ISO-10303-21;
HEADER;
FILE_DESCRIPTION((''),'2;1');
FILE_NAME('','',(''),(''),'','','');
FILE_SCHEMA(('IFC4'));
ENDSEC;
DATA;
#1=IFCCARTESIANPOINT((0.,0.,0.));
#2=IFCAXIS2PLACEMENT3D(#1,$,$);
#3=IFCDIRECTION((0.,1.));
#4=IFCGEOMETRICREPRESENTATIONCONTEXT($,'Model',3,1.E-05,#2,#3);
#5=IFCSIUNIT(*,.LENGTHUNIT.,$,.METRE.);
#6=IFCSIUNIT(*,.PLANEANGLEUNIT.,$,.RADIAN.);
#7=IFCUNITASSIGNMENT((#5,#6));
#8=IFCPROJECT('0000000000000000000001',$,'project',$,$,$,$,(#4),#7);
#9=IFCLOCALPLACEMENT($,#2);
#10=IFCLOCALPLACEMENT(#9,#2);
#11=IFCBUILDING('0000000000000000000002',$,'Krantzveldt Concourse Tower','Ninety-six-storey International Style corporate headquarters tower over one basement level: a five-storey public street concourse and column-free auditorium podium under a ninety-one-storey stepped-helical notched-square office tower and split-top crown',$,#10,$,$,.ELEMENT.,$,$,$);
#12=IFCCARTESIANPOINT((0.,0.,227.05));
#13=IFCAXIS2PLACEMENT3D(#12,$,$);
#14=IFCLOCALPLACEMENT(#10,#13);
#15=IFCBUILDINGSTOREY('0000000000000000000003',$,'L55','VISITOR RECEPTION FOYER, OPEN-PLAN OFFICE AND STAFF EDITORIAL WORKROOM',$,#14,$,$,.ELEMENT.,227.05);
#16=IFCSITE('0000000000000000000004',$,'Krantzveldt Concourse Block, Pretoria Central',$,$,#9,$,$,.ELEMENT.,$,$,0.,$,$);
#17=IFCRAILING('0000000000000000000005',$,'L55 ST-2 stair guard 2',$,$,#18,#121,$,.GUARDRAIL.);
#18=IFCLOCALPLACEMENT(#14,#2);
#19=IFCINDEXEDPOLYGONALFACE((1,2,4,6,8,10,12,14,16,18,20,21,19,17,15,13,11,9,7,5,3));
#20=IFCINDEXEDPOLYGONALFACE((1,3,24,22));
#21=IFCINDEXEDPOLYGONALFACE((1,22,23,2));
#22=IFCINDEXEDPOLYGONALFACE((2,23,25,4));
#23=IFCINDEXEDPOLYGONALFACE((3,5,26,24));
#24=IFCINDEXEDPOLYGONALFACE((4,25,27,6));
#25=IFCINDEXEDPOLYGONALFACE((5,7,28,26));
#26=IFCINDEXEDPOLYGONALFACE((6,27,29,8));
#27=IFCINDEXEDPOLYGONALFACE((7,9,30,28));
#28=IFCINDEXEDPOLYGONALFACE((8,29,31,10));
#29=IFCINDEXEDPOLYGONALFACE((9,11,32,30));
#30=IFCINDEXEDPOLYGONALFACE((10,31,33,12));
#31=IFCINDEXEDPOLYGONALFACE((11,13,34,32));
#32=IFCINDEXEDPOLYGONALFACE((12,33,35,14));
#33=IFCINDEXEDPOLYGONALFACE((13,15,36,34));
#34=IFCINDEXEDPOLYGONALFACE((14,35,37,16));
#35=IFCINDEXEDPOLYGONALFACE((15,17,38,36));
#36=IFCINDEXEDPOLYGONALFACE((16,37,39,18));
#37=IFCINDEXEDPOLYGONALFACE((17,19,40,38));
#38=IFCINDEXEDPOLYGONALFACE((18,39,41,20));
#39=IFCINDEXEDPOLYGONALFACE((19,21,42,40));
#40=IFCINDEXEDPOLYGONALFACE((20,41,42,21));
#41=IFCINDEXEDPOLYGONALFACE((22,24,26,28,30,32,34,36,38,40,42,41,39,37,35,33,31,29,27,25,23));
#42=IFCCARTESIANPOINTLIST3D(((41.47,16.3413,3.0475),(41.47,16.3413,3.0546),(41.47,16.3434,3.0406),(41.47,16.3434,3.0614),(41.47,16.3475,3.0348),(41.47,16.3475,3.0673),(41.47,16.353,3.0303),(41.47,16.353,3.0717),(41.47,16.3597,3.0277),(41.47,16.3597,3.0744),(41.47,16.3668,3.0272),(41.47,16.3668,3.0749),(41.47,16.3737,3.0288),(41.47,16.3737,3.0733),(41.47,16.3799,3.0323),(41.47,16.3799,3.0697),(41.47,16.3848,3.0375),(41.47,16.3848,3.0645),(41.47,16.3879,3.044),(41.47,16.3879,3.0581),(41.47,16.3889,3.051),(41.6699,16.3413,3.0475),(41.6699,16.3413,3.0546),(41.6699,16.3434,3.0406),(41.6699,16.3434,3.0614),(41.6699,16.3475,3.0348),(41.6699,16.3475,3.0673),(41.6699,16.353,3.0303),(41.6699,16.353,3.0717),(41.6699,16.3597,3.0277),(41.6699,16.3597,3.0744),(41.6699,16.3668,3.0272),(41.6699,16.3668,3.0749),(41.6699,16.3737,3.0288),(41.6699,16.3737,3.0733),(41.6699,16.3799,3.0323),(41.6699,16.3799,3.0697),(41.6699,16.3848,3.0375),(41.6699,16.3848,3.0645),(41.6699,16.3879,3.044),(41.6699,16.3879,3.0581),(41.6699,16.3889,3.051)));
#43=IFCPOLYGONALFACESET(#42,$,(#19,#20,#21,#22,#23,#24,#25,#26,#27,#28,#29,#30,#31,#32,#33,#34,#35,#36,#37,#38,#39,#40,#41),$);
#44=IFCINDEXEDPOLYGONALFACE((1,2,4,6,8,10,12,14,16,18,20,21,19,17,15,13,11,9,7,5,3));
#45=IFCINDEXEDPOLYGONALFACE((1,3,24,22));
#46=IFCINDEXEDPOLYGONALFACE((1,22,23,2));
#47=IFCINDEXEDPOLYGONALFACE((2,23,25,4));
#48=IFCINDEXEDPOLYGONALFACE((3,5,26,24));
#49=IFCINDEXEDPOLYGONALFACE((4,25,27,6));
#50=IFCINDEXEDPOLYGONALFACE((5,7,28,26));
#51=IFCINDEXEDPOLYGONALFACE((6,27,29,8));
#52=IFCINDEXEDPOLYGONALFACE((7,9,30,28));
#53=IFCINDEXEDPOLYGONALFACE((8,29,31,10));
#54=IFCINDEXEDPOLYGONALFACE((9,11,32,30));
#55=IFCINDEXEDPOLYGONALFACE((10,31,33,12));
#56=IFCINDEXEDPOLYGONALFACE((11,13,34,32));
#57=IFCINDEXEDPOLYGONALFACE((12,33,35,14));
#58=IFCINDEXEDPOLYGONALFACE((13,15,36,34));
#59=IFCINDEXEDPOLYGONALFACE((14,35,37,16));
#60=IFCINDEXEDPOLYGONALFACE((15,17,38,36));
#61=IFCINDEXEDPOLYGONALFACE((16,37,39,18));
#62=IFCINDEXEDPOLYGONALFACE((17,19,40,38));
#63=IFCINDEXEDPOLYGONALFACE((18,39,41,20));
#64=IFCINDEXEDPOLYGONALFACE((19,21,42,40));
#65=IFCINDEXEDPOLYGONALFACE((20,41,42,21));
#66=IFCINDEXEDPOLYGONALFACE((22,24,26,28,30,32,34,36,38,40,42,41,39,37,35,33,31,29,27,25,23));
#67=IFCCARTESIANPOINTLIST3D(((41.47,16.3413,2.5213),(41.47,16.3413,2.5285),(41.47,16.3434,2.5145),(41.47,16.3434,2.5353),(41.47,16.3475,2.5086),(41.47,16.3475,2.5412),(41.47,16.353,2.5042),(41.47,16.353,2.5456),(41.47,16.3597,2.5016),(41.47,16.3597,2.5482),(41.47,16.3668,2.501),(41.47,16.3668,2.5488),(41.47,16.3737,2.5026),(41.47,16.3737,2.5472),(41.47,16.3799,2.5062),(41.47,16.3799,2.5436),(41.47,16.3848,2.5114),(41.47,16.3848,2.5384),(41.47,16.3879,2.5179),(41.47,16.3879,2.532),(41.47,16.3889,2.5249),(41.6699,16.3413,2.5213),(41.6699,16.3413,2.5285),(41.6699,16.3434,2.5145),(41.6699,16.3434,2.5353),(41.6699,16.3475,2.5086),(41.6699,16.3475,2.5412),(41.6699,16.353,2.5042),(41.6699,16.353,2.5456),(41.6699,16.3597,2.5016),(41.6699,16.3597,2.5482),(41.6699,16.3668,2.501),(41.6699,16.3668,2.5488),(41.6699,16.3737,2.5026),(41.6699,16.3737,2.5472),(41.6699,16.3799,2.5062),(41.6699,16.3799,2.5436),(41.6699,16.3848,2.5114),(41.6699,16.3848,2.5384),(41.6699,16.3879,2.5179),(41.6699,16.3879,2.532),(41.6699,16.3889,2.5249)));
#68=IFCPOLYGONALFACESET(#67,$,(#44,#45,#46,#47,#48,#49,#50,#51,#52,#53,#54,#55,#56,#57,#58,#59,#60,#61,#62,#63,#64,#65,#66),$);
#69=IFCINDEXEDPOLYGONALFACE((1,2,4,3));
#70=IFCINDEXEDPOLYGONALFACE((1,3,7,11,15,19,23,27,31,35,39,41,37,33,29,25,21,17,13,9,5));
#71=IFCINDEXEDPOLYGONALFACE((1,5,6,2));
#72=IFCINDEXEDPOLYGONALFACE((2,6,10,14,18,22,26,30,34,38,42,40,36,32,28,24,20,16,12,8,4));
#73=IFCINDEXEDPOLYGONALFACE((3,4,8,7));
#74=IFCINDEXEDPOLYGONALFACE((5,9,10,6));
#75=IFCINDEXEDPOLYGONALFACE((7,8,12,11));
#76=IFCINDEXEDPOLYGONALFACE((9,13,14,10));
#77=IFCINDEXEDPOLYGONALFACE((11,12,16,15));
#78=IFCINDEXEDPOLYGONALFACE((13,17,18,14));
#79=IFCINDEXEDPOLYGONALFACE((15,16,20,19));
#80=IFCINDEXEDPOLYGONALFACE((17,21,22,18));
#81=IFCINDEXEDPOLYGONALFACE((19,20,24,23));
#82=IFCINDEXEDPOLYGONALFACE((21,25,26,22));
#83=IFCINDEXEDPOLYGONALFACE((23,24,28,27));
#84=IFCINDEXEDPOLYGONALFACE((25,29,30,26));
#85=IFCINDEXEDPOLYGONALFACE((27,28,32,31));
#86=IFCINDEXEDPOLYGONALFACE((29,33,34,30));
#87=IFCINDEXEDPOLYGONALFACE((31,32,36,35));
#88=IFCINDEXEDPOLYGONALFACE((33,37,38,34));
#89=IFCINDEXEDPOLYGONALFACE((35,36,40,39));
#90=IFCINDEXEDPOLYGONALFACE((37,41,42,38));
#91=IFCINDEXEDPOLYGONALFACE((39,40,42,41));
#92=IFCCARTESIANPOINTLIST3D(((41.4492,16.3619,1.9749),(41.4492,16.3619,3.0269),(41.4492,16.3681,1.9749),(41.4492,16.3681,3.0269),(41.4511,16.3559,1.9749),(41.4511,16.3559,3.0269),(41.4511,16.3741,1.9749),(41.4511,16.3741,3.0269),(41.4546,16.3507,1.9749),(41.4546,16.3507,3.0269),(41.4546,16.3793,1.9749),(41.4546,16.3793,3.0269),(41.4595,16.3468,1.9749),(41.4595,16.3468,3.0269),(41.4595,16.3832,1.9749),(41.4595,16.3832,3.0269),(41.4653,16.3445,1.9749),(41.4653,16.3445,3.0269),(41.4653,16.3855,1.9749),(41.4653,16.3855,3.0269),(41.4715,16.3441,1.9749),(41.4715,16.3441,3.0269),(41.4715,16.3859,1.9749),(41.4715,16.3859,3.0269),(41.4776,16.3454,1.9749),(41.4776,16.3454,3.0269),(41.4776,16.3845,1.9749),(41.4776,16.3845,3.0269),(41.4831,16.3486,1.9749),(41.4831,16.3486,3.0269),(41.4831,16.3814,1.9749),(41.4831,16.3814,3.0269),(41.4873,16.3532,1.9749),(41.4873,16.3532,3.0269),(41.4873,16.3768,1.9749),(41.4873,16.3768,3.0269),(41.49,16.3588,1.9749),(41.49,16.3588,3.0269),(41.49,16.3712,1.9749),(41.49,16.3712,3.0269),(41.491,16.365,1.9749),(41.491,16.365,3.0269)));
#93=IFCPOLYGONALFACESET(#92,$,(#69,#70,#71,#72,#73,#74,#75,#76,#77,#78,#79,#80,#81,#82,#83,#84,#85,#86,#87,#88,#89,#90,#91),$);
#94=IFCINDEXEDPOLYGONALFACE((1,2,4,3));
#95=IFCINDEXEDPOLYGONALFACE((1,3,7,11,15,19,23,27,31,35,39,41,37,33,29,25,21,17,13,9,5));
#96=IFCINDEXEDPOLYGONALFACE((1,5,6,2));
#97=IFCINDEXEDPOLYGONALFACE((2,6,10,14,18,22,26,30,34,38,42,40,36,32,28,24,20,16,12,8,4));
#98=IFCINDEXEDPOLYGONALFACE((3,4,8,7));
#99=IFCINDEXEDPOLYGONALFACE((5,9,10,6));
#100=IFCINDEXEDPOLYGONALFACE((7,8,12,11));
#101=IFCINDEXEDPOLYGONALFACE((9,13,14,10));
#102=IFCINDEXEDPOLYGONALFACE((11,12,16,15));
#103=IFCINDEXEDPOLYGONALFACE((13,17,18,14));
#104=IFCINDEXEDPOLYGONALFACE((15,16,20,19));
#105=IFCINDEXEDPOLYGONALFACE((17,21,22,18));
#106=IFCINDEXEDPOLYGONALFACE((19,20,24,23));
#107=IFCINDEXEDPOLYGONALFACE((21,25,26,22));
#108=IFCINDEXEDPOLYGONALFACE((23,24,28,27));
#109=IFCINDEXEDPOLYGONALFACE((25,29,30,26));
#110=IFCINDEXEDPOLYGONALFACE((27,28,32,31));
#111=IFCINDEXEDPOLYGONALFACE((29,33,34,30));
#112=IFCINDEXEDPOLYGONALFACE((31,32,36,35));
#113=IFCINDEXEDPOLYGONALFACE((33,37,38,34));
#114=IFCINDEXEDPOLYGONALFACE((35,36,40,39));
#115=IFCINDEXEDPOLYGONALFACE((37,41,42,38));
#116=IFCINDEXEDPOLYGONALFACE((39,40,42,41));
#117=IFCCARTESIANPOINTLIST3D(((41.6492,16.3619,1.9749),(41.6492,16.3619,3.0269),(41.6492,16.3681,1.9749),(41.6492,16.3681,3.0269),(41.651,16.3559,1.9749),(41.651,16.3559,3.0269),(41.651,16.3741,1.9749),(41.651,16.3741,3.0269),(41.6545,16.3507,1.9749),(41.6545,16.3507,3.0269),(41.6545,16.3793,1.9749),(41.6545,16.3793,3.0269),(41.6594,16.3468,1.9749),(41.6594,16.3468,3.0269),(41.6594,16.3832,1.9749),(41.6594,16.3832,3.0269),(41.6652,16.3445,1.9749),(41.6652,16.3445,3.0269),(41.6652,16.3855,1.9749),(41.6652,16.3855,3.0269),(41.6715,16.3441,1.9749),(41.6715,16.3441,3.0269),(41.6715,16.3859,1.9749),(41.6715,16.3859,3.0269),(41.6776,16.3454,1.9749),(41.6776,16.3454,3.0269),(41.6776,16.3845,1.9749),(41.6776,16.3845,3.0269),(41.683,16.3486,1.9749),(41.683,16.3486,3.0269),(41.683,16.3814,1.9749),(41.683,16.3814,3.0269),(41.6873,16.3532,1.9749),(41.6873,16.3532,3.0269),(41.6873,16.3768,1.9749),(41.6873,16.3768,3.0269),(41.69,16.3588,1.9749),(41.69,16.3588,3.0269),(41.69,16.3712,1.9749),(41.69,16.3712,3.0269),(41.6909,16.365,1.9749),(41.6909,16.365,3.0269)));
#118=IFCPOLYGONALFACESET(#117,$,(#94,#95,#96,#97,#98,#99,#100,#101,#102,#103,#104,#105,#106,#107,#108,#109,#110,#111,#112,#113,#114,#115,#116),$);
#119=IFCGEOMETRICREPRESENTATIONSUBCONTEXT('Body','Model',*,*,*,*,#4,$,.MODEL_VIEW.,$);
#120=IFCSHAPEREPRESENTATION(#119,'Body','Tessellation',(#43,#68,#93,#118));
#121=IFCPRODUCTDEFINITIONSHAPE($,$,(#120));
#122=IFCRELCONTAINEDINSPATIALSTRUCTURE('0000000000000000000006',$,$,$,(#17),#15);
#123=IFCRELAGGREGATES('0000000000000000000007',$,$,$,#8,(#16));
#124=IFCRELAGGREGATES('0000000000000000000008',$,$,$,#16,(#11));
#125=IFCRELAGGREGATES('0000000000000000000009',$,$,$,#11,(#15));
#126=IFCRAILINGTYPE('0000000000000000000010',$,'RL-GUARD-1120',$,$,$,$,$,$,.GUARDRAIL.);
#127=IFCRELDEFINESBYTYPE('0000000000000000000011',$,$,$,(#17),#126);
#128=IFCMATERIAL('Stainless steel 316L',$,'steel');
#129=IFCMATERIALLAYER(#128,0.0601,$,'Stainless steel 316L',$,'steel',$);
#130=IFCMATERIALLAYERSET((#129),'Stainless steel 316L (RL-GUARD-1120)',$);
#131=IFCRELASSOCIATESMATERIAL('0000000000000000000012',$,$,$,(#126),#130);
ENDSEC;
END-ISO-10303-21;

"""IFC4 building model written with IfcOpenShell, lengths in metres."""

from ifc_helpers import new_model, si_unit, direction, frame, origin, origin_2d, place, context, subcontext, project, spatial, circle, extrude, material, layer, layer_set, type_object, element, save


model = new_model("IFC4")

# Units and contexts
model_context = context("Model", 3, precision=1e-05, world=origin(), true_north=direction((0.0, 1.0)))
body_context = subcontext(model_context, "Body", "Model", "MODEL_VIEW")
ifc_project = project(units=[si_unit("LENGTHUNIT", "METRE"), si_unit("PLANEANGLEUNIT", "RADIAN")], contexts=[model_context])

# Site, building, storey
site_placement = place(None, origin())
site = spatial("IfcSite", under=ifc_project, at=site_placement, Name="Krantzveldt Concourse Block, Pretoria Central", CompositionType="ELEMENT", RefElevation=0.0)
building_placement = place(site_placement, origin())
building = spatial("IfcBuilding", under=site, at=building_placement, Name="Krantzveldt Concourse Tower", Description="Ninety-six-storey International Style corporate headquarters tower over one basement level: a five-storey public street concourse and column-free auditorium podium under a ninety-one-storey stepped-helical notched-square office tower and split-top crown", CompositionType="ELEMENT")
storey_placement = place(building_placement, frame((0.0, 0.0, 227.05)))
storey = spatial("IfcBuildingStorey", under=building, at=storey_placement, Name="L55", Description="VISITOR RECEPTION FOYER, OPEN-PLAN OFFICE AND STAFF EDITORIAL WORKROOM", CompositionType="ELEMENT", Elevation=227.05)

# Shared definitions
ifc_material_1 = material(Name="Stainless steel 316L", Category="steel")

# Railing
ifc_layer_1 = layer(ifc_material_1, 0.0601, Name="Stainless steel 316L", Category="steel")
ifc_layer_set_1 = layer_set([ifc_layer_1], Name="Stainless steel 316L (RL-GUARD-1120)")
railing_type_1 = type_object("IfcRailingType", Name="RL-GUARD-1120", PredefinedType="GUARDRAIL", material=ifc_layer_set_1)
railing_1_placement = place(storey_placement, frame((41.47, 16.365, 1.9749)))
element("IfcRailing", 1, at=railing_1_placement, inside=storey, type_object=railing_type_1, Name="L55 ST-2 stair guard 2", PredefinedType="GUARDRAIL", context=body_context, shape_type="SweptSolid", body=[
    extrude(circle(Radius=0.0239, at=origin_2d()), frame((0.0, 0.0, 1.0762), z_axis=(1.0, 0.0, 0.0), x_axis=(0.0, 1.0, 0.0)), (0.0, 0.0, 1.0), 0.2),
    extrude(circle(Radius=0.0239, at=origin_2d()), frame((0.0, 0.0, 0.55), z_axis=(1.0, 0.0, 0.0), x_axis=(0.0, 1.0, 0.0)), (0.0, 0.0, 1.0), 0.2),
    extrude(circle(Radius=0.021, at=origin_2d()), origin(), (0.0, 0.0, 1.0), 1.052),
    extrude(circle(Radius=0.021, at=origin_2d()), frame((0.2, 0.0, 0.0)), (0.0, 0.0, 1.0), 1.052),
])

save(model, "model.ifc")
